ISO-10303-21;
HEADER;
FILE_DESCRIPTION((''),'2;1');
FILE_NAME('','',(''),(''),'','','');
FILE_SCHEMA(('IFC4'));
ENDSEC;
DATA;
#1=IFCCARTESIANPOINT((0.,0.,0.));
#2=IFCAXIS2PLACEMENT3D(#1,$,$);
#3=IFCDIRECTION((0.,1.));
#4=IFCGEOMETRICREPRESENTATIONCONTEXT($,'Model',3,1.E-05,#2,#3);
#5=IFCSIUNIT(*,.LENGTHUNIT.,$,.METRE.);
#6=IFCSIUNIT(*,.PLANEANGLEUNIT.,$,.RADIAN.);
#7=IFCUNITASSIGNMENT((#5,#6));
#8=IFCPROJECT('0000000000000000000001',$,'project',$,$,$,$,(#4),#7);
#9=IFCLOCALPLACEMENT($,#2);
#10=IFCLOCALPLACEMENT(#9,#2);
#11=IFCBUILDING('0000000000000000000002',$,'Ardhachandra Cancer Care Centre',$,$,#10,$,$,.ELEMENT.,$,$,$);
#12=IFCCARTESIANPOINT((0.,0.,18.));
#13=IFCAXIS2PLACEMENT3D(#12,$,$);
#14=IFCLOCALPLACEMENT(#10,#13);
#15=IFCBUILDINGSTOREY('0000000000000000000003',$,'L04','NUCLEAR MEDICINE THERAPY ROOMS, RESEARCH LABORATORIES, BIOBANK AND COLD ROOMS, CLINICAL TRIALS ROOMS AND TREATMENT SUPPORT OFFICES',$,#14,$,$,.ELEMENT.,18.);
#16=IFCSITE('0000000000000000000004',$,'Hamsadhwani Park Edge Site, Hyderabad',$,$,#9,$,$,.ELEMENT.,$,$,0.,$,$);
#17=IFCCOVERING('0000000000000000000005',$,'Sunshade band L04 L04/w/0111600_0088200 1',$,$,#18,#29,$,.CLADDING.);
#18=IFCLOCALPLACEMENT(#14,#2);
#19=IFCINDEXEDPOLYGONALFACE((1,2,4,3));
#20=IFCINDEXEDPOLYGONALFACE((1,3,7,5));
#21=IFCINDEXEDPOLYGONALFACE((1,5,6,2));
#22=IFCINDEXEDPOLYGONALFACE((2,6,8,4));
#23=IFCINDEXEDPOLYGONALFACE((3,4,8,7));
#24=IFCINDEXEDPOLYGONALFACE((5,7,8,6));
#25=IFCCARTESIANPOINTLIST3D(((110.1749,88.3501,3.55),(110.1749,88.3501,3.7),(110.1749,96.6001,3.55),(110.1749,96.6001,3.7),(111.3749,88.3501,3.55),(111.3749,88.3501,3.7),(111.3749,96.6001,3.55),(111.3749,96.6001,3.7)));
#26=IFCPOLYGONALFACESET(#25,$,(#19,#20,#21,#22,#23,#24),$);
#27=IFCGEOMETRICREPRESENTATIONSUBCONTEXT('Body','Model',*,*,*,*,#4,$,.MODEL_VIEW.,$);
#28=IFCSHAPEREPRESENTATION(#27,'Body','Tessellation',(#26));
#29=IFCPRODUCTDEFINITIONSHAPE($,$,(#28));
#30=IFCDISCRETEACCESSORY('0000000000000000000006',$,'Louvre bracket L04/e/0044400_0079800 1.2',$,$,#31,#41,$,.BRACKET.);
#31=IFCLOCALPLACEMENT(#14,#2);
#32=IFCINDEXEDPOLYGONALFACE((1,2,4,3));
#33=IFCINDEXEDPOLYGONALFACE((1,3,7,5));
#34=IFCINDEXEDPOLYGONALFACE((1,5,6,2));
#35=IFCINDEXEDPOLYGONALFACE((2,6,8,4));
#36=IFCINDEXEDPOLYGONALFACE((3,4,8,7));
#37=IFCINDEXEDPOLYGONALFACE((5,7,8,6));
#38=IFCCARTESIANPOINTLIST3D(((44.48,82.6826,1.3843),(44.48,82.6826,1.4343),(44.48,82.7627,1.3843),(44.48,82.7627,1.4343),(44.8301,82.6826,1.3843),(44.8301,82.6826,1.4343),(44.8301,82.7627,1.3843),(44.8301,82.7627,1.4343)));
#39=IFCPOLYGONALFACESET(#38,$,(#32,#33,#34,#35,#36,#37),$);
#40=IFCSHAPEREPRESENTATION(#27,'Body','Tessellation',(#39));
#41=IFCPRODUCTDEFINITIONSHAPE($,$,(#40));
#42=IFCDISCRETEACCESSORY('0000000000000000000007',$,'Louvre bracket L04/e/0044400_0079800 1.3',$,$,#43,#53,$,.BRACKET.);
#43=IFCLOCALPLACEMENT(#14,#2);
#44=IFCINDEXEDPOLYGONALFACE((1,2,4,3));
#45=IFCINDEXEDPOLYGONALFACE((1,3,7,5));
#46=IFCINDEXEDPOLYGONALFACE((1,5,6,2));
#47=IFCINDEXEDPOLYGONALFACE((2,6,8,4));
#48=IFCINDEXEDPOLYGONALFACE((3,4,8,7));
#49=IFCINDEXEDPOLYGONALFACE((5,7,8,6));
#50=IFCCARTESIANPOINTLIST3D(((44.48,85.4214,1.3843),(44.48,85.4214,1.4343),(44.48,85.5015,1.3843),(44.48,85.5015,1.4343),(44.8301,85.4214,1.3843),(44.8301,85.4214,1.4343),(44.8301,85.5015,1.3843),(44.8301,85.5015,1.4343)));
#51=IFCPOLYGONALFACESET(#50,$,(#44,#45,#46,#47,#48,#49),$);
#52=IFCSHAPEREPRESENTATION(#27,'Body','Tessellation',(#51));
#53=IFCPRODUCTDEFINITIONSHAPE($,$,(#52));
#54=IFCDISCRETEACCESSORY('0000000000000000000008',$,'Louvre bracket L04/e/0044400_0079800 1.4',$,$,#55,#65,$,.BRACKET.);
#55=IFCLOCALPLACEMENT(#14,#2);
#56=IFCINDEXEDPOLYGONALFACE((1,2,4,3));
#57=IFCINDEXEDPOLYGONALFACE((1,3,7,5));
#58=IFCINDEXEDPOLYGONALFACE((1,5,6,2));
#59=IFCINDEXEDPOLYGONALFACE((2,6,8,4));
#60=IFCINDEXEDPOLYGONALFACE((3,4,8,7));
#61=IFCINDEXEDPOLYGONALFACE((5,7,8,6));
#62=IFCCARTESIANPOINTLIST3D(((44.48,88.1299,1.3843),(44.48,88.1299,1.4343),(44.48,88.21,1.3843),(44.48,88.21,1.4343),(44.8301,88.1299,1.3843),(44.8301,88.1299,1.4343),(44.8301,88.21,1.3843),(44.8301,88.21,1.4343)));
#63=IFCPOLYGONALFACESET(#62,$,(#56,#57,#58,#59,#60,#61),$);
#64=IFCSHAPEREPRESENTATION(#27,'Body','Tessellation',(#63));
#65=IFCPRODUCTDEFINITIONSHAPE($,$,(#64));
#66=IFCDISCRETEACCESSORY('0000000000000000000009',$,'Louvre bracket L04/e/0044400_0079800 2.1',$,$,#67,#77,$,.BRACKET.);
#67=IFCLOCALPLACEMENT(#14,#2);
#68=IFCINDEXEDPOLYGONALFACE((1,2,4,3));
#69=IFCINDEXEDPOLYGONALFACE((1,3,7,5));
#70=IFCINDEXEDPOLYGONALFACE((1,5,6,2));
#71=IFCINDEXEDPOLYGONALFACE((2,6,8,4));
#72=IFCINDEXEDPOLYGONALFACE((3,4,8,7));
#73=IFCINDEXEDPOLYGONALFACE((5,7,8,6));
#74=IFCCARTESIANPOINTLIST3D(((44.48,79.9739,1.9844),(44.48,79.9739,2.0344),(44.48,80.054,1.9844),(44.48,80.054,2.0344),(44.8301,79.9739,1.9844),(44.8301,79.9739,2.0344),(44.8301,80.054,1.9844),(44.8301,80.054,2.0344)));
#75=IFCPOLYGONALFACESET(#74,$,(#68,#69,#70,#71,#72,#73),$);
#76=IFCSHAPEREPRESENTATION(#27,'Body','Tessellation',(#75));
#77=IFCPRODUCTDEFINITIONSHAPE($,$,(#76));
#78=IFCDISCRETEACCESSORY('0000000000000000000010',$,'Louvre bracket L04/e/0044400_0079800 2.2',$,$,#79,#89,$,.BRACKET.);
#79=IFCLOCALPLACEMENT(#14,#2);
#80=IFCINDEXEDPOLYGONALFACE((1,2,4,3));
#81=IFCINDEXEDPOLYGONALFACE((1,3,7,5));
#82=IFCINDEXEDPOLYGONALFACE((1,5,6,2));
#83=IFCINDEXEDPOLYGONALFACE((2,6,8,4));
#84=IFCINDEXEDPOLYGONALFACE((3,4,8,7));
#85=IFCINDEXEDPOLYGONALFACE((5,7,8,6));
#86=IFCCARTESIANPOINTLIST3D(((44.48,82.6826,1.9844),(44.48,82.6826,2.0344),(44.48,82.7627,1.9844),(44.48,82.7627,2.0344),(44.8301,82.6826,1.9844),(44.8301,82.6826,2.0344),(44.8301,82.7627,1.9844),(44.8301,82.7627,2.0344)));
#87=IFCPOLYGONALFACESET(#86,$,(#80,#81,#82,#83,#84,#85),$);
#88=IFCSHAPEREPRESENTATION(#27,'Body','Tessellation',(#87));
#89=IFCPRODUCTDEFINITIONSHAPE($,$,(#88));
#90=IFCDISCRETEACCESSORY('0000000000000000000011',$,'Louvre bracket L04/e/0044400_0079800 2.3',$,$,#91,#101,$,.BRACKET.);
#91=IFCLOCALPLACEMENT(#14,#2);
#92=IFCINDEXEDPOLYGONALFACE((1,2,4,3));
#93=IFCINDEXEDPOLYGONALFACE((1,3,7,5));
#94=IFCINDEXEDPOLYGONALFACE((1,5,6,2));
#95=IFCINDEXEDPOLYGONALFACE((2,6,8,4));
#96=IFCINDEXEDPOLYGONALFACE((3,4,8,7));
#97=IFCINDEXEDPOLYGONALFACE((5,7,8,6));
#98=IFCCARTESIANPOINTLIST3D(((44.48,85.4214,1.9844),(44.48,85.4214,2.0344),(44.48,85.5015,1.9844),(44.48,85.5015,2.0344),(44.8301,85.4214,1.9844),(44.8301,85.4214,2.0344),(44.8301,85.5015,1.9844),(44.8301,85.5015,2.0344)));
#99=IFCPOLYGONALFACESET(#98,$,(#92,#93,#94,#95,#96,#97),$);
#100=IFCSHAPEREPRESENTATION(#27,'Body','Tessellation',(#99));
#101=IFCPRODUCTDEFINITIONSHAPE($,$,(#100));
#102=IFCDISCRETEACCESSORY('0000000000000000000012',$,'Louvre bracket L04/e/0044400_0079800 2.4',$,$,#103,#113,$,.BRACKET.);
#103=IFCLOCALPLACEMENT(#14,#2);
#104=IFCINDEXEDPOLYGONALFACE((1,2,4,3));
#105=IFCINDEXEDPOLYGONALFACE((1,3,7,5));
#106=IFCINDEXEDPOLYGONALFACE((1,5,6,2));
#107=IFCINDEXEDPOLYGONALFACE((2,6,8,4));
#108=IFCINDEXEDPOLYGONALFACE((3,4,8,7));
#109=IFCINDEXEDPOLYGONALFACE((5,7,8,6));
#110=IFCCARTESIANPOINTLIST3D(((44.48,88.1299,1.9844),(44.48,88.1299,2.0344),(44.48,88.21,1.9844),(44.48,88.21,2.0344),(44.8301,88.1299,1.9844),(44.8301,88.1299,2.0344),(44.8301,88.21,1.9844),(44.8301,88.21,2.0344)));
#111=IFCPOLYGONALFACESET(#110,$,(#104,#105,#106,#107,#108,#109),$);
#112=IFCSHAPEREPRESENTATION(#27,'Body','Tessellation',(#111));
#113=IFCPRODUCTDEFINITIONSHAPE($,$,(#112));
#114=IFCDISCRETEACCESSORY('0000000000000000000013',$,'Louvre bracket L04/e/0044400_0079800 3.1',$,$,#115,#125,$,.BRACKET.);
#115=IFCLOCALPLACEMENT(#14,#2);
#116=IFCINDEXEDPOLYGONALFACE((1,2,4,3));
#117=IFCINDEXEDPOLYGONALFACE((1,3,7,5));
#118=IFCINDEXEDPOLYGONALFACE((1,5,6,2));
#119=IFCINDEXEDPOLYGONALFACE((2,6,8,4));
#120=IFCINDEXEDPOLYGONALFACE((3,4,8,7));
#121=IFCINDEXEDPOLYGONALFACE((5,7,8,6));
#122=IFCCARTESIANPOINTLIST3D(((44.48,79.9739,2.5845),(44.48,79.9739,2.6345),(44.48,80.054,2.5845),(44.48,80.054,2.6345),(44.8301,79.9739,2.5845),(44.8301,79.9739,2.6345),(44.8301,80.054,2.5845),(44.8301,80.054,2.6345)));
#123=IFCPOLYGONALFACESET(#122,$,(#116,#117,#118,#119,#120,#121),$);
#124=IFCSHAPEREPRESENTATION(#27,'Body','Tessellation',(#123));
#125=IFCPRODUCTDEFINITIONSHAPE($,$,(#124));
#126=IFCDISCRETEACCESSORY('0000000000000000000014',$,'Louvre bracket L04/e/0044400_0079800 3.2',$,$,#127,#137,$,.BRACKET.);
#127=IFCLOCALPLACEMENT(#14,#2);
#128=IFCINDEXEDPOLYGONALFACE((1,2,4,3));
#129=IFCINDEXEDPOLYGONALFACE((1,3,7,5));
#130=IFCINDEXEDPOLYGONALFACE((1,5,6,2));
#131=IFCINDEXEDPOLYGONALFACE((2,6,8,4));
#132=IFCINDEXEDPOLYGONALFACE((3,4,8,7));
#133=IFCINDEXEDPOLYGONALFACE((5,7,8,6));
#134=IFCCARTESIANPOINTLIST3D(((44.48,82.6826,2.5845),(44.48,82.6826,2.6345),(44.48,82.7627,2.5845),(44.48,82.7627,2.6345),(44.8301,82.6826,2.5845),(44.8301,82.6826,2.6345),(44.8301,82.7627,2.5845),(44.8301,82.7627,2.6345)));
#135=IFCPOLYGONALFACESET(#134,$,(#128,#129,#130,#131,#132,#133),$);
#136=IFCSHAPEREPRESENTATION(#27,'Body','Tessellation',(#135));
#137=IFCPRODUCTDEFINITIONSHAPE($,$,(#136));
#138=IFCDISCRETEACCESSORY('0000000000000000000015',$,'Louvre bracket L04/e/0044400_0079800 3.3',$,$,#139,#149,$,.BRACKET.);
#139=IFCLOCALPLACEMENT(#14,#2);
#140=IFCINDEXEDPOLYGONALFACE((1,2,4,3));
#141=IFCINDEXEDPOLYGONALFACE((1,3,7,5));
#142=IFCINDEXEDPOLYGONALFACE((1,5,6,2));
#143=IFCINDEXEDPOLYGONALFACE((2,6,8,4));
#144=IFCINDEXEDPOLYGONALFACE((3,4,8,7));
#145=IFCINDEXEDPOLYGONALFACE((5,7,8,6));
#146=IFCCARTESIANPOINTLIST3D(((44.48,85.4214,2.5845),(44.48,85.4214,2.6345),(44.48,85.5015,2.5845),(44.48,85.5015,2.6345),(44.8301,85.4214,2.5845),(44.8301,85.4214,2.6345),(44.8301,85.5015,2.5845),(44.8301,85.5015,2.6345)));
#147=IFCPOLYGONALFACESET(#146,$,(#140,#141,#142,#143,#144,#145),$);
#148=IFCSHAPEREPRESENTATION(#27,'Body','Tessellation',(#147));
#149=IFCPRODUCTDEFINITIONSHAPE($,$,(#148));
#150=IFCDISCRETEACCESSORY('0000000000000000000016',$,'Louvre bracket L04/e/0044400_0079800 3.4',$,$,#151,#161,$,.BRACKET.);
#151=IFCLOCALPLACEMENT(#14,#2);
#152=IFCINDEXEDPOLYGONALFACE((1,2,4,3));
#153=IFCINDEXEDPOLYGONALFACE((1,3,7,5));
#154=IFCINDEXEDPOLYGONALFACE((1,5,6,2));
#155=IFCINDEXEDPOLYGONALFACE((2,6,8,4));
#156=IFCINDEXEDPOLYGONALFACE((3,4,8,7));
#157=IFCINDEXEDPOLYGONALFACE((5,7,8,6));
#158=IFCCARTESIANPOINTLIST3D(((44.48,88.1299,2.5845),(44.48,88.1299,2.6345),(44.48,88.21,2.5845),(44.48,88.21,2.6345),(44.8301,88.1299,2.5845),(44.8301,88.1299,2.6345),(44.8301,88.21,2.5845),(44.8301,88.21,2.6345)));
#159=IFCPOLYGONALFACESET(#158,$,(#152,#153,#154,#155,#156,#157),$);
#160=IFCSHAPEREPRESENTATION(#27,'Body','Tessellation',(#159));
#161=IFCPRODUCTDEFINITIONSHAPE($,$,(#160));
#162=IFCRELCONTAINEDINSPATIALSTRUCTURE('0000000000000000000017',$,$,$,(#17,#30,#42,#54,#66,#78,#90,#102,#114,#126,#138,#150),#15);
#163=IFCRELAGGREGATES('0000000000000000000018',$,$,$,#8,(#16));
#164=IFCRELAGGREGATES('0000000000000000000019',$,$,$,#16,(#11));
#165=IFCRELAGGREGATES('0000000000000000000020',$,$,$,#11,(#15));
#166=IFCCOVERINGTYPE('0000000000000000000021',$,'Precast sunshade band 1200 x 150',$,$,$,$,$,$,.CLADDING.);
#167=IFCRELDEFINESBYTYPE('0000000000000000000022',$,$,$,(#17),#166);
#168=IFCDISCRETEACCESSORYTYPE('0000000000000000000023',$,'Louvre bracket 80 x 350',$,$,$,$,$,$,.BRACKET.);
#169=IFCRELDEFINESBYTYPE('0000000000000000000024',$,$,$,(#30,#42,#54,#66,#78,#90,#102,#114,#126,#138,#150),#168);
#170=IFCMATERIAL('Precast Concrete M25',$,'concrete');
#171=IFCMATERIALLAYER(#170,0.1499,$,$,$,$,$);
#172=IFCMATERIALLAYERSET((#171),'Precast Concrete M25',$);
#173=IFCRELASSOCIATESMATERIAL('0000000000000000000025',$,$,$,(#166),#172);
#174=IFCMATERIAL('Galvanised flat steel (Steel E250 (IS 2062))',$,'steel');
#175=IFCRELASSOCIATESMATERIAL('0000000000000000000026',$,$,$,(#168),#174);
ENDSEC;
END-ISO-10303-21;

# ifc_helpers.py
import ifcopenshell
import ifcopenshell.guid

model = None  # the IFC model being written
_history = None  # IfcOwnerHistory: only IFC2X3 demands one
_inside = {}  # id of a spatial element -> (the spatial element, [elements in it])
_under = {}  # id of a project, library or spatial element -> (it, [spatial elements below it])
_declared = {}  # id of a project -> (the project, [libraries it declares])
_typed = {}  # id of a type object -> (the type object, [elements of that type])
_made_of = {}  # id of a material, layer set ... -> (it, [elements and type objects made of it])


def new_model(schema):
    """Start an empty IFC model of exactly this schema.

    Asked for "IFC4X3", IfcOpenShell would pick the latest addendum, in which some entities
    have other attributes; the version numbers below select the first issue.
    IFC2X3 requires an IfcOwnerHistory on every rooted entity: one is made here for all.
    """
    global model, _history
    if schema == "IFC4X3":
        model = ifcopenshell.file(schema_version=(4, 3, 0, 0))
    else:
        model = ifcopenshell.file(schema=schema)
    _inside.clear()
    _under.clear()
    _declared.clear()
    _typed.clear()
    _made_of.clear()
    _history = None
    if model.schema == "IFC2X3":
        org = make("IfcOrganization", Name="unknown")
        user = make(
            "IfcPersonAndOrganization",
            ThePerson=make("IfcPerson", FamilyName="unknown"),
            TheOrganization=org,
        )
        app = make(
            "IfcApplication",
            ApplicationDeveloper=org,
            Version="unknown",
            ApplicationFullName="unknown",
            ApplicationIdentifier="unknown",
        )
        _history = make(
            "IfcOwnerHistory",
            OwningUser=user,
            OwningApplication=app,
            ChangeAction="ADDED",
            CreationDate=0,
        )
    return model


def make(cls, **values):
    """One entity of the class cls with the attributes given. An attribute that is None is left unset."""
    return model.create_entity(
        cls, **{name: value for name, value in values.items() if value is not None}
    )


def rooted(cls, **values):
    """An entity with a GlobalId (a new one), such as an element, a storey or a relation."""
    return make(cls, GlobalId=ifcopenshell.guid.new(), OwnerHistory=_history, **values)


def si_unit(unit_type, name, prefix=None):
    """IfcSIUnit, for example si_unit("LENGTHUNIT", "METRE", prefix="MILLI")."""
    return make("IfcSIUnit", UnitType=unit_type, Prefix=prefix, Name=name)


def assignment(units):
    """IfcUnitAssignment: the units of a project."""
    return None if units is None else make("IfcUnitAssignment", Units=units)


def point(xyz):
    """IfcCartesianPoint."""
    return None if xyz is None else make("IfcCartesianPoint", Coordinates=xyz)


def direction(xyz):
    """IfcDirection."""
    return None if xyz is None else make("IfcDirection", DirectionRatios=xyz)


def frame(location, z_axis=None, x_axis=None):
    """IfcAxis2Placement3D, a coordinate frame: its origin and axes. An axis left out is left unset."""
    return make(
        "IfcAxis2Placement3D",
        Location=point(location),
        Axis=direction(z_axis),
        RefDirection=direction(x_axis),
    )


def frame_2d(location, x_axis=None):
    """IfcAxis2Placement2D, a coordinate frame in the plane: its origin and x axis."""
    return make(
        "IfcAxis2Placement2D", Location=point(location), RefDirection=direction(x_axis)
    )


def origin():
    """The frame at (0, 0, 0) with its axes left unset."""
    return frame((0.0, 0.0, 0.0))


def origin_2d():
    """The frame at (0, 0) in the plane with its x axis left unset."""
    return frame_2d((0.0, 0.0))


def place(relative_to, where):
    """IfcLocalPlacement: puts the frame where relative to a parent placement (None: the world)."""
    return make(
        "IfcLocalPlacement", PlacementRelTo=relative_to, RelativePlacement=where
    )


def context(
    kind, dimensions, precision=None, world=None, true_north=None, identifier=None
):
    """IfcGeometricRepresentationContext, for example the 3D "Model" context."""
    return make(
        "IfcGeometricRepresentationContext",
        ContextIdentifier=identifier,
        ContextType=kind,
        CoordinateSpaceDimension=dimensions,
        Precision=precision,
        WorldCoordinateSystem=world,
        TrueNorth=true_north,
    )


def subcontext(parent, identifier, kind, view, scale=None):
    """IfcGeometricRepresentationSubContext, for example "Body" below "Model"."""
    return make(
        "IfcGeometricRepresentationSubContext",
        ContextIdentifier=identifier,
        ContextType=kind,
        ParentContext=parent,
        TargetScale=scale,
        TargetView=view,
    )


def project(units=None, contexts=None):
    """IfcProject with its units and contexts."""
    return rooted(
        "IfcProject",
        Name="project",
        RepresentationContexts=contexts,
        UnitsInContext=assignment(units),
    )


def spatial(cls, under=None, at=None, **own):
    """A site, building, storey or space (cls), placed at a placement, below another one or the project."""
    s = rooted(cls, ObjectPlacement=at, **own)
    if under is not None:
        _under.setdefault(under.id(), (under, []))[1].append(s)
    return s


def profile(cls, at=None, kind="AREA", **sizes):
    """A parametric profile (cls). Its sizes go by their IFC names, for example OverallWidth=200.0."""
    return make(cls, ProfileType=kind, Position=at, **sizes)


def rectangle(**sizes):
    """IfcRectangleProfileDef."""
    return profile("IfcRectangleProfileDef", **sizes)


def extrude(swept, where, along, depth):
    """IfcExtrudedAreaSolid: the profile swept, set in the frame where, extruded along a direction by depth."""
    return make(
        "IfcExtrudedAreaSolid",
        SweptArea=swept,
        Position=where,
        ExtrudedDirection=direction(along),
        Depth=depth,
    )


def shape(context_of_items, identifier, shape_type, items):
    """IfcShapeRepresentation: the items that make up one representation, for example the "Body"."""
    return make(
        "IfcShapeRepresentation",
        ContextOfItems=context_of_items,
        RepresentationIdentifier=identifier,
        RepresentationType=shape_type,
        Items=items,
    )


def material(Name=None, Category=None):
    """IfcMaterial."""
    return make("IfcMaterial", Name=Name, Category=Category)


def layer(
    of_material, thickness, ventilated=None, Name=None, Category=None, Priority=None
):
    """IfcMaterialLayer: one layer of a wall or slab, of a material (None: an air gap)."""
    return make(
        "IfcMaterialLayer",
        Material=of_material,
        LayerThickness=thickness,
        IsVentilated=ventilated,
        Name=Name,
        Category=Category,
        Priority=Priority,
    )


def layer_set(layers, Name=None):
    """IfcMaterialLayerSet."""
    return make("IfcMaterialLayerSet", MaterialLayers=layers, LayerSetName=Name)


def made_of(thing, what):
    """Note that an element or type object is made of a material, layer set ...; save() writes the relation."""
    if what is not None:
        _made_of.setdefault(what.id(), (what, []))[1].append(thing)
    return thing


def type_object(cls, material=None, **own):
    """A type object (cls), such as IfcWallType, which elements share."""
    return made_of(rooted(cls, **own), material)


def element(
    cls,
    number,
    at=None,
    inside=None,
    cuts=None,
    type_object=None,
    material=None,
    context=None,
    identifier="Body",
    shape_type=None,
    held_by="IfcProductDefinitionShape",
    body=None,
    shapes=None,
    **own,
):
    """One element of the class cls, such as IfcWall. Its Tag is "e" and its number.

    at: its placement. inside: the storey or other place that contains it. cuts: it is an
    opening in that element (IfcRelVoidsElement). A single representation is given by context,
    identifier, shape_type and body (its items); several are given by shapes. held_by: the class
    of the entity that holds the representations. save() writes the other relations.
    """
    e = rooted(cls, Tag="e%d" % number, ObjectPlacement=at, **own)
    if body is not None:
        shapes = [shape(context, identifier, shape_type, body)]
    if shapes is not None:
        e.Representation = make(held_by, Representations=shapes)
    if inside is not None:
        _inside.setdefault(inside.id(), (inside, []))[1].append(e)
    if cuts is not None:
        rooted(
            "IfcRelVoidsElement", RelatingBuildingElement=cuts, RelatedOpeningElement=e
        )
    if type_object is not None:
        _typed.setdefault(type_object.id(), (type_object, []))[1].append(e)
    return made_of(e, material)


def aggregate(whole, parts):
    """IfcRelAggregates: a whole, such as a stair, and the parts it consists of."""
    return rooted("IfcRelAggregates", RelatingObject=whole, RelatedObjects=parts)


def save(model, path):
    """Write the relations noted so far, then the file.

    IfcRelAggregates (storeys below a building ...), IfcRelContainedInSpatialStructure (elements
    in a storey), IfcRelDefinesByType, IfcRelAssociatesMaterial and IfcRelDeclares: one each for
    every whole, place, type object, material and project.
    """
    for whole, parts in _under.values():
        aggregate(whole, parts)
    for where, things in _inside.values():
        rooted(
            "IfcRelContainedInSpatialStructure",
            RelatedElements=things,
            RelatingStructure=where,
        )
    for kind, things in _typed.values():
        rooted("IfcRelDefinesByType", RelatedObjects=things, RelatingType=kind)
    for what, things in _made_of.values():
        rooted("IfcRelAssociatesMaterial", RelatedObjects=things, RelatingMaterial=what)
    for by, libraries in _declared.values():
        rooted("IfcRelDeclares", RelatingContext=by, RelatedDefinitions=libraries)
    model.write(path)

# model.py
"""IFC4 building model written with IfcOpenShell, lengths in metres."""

from ifc_helpers import new_model, si_unit, direction, frame, origin, origin_2d, place, context, subcontext, project, spatial, rectangle, extrude, material, layer, layer_set, type_object, element, save


model = new_model("IFC4")

# Units and contexts
model_context = context("Model", 3, precision=1e-05, world=origin(), true_north=direction((0.0, 1.0)))
body_context = subcontext(model_context, "Body", "Model", "MODEL_VIEW")
ifc_project = project(units=[si_unit("LENGTHUNIT", "METRE"), si_unit("PLANEANGLEUNIT", "RADIAN")], contexts=[model_context])

# Site, building, storey
site_placement = place(None, origin())
site = spatial("IfcSite", under=ifc_project, at=site_placement, Name="Hamsadhwani Park Edge Site, Hyderabad", CompositionType="ELEMENT", RefElevation=0.0)
building_placement = place(site_placement, origin())
building = spatial("IfcBuilding", under=site, at=building_placement, Name="Ardhachandra Cancer Care Centre", CompositionType="ELEMENT")
storey_placement = place(building_placement, frame((0.0, 0.0, 18.0)))
storey = spatial("IfcBuildingStorey", under=building, at=storey_placement, Name="L04", Description="NUCLEAR MEDICINE THERAPY ROOMS, RESEARCH LABORATORIES, BIOBANK AND COLD ROOMS, CLINICAL TRIALS ROOMS AND TREATMENT SUPPORT OFFICES", CompositionType="ELEMENT", Elevation=18.0)

# Covering
ifc_material_1 = material(Name="Precast Concrete M25", Category="concrete")
ifc_layer_1 = layer(ifc_material_1, 0.1499)
ifc_layer_set_1 = layer_set([ifc_layer_1], Name="Precast Concrete M25")
covering_type_1 = type_object("IfcCoveringType", Name="Precast sunshade band 1200 x 150", PredefinedType="CLADDING", material=ifc_layer_set_1)
covering_1_placement = place(storey_placement, frame((110.7749, 92.4751, 3.55), z_axis=(0.0, 0.0, 1.0), x_axis=(0.0, 1.0, 0.0)))
element("IfcCovering", 1, at=covering_1_placement, inside=storey, type_object=covering_type_1, Name="Sunshade band L04 L04/w/0111600_0088200 1", PredefinedType="CLADDING", context=body_context, shape_type="SweptSolid", body=[
    extrude(rectangle(XDim=8.25, YDim=1.2, at=origin_2d()), origin(), (0.0, 0.0, 1.0), 0.1499),
])

# Discrete accessories
ifc_material_2 = material(Name="Galvanised flat steel (Steel E250 (IS 2062))", Category="steel")
discrete_accessory_type = type_object("IfcDiscreteAccessoryType", Name="Louvre bracket 80 x 350", PredefinedType="BRACKET", material=ifc_material_2)
for number, where, z_axis, x_axis, name in (
    (2, (44.655, 82.7227, 1.3843), (0.0, 0.0, 1.0), (0.0, 1.0, 0.0), "Louvre bracket L04/e/0044400_0079800 1.2"),
    (3, (44.655, 85.4614, 1.3843), (0.0, 0.0, 1.0), (0.0, 1.0, 0.0), "Louvre bracket L04/e/0044400_0079800 1.3"),
    (4, (44.655, 88.1699, 1.3843), (0.0, 0.0, 1.0), (0.0, 1.0, 0.0), "Louvre bracket L04/e/0044400_0079800 1.4"),
    (5, (44.655, 80.0139, 1.9844), (0.0, 0.0, 1.0), (0.0, 1.0, 0.0), "Louvre bracket L04/e/0044400_0079800 2.1"),
    (6, (44.655, 82.7227, 1.9844), (0.0, 0.0, 1.0), (0.0, 1.0, 0.0), "Louvre bracket L04/e/0044400_0079800 2.2"),
    (7, (44.655, 85.4614, 1.9844), (0.0, 0.0, 1.0), (0.0, 1.0, 0.0), "Louvre bracket L04/e/0044400_0079800 2.3"),
    (8, (44.655, 88.1699, 1.9844), (0.0, 0.0, 1.0), (0.0, 1.0, 0.0), "Louvre bracket L04/e/0044400_0079800 2.4"),
    (9, (44.655, 80.0139, 2.5845), (0.0, 0.0, 1.0), (0.0, 1.0, 0.0), "Louvre bracket L04/e/0044400_0079800 3.1"),
    (10, (44.655, 82.7227, 2.5845), (0.0, 0.0, 1.0), (0.0, 1.0, 0.0), "Louvre bracket L04/e/0044400_0079800 3.2"),
    (11, (44.655, 85.4614, 2.5845), (0.0, 0.0, 1.0), (0.0, 1.0, 0.0), "Louvre bracket L04/e/0044400_0079800 3.3"),
    (12, (44.655, 88.1699, 2.5845), (0.0, 0.0, 1.0), (0.0, 1.0, 0.0), "Louvre bracket L04/e/0044400_0079800 3.4"),
):
    element("IfcDiscreteAccessory", number, at=place(storey_placement, frame(where, z_axis=z_axis, x_axis=x_axis)), inside=storey, type_object=discrete_accessory_type, Name=name, PredefinedType="BRACKET", context=body_context, shape_type="SweptSolid", body=[
        extrude(rectangle(XDim=0.0801, YDim=0.3501, at=origin_2d()), origin(), (0.0, 0.0, 1.0), 0.05),
    ])

save(model, "model.ifc")
